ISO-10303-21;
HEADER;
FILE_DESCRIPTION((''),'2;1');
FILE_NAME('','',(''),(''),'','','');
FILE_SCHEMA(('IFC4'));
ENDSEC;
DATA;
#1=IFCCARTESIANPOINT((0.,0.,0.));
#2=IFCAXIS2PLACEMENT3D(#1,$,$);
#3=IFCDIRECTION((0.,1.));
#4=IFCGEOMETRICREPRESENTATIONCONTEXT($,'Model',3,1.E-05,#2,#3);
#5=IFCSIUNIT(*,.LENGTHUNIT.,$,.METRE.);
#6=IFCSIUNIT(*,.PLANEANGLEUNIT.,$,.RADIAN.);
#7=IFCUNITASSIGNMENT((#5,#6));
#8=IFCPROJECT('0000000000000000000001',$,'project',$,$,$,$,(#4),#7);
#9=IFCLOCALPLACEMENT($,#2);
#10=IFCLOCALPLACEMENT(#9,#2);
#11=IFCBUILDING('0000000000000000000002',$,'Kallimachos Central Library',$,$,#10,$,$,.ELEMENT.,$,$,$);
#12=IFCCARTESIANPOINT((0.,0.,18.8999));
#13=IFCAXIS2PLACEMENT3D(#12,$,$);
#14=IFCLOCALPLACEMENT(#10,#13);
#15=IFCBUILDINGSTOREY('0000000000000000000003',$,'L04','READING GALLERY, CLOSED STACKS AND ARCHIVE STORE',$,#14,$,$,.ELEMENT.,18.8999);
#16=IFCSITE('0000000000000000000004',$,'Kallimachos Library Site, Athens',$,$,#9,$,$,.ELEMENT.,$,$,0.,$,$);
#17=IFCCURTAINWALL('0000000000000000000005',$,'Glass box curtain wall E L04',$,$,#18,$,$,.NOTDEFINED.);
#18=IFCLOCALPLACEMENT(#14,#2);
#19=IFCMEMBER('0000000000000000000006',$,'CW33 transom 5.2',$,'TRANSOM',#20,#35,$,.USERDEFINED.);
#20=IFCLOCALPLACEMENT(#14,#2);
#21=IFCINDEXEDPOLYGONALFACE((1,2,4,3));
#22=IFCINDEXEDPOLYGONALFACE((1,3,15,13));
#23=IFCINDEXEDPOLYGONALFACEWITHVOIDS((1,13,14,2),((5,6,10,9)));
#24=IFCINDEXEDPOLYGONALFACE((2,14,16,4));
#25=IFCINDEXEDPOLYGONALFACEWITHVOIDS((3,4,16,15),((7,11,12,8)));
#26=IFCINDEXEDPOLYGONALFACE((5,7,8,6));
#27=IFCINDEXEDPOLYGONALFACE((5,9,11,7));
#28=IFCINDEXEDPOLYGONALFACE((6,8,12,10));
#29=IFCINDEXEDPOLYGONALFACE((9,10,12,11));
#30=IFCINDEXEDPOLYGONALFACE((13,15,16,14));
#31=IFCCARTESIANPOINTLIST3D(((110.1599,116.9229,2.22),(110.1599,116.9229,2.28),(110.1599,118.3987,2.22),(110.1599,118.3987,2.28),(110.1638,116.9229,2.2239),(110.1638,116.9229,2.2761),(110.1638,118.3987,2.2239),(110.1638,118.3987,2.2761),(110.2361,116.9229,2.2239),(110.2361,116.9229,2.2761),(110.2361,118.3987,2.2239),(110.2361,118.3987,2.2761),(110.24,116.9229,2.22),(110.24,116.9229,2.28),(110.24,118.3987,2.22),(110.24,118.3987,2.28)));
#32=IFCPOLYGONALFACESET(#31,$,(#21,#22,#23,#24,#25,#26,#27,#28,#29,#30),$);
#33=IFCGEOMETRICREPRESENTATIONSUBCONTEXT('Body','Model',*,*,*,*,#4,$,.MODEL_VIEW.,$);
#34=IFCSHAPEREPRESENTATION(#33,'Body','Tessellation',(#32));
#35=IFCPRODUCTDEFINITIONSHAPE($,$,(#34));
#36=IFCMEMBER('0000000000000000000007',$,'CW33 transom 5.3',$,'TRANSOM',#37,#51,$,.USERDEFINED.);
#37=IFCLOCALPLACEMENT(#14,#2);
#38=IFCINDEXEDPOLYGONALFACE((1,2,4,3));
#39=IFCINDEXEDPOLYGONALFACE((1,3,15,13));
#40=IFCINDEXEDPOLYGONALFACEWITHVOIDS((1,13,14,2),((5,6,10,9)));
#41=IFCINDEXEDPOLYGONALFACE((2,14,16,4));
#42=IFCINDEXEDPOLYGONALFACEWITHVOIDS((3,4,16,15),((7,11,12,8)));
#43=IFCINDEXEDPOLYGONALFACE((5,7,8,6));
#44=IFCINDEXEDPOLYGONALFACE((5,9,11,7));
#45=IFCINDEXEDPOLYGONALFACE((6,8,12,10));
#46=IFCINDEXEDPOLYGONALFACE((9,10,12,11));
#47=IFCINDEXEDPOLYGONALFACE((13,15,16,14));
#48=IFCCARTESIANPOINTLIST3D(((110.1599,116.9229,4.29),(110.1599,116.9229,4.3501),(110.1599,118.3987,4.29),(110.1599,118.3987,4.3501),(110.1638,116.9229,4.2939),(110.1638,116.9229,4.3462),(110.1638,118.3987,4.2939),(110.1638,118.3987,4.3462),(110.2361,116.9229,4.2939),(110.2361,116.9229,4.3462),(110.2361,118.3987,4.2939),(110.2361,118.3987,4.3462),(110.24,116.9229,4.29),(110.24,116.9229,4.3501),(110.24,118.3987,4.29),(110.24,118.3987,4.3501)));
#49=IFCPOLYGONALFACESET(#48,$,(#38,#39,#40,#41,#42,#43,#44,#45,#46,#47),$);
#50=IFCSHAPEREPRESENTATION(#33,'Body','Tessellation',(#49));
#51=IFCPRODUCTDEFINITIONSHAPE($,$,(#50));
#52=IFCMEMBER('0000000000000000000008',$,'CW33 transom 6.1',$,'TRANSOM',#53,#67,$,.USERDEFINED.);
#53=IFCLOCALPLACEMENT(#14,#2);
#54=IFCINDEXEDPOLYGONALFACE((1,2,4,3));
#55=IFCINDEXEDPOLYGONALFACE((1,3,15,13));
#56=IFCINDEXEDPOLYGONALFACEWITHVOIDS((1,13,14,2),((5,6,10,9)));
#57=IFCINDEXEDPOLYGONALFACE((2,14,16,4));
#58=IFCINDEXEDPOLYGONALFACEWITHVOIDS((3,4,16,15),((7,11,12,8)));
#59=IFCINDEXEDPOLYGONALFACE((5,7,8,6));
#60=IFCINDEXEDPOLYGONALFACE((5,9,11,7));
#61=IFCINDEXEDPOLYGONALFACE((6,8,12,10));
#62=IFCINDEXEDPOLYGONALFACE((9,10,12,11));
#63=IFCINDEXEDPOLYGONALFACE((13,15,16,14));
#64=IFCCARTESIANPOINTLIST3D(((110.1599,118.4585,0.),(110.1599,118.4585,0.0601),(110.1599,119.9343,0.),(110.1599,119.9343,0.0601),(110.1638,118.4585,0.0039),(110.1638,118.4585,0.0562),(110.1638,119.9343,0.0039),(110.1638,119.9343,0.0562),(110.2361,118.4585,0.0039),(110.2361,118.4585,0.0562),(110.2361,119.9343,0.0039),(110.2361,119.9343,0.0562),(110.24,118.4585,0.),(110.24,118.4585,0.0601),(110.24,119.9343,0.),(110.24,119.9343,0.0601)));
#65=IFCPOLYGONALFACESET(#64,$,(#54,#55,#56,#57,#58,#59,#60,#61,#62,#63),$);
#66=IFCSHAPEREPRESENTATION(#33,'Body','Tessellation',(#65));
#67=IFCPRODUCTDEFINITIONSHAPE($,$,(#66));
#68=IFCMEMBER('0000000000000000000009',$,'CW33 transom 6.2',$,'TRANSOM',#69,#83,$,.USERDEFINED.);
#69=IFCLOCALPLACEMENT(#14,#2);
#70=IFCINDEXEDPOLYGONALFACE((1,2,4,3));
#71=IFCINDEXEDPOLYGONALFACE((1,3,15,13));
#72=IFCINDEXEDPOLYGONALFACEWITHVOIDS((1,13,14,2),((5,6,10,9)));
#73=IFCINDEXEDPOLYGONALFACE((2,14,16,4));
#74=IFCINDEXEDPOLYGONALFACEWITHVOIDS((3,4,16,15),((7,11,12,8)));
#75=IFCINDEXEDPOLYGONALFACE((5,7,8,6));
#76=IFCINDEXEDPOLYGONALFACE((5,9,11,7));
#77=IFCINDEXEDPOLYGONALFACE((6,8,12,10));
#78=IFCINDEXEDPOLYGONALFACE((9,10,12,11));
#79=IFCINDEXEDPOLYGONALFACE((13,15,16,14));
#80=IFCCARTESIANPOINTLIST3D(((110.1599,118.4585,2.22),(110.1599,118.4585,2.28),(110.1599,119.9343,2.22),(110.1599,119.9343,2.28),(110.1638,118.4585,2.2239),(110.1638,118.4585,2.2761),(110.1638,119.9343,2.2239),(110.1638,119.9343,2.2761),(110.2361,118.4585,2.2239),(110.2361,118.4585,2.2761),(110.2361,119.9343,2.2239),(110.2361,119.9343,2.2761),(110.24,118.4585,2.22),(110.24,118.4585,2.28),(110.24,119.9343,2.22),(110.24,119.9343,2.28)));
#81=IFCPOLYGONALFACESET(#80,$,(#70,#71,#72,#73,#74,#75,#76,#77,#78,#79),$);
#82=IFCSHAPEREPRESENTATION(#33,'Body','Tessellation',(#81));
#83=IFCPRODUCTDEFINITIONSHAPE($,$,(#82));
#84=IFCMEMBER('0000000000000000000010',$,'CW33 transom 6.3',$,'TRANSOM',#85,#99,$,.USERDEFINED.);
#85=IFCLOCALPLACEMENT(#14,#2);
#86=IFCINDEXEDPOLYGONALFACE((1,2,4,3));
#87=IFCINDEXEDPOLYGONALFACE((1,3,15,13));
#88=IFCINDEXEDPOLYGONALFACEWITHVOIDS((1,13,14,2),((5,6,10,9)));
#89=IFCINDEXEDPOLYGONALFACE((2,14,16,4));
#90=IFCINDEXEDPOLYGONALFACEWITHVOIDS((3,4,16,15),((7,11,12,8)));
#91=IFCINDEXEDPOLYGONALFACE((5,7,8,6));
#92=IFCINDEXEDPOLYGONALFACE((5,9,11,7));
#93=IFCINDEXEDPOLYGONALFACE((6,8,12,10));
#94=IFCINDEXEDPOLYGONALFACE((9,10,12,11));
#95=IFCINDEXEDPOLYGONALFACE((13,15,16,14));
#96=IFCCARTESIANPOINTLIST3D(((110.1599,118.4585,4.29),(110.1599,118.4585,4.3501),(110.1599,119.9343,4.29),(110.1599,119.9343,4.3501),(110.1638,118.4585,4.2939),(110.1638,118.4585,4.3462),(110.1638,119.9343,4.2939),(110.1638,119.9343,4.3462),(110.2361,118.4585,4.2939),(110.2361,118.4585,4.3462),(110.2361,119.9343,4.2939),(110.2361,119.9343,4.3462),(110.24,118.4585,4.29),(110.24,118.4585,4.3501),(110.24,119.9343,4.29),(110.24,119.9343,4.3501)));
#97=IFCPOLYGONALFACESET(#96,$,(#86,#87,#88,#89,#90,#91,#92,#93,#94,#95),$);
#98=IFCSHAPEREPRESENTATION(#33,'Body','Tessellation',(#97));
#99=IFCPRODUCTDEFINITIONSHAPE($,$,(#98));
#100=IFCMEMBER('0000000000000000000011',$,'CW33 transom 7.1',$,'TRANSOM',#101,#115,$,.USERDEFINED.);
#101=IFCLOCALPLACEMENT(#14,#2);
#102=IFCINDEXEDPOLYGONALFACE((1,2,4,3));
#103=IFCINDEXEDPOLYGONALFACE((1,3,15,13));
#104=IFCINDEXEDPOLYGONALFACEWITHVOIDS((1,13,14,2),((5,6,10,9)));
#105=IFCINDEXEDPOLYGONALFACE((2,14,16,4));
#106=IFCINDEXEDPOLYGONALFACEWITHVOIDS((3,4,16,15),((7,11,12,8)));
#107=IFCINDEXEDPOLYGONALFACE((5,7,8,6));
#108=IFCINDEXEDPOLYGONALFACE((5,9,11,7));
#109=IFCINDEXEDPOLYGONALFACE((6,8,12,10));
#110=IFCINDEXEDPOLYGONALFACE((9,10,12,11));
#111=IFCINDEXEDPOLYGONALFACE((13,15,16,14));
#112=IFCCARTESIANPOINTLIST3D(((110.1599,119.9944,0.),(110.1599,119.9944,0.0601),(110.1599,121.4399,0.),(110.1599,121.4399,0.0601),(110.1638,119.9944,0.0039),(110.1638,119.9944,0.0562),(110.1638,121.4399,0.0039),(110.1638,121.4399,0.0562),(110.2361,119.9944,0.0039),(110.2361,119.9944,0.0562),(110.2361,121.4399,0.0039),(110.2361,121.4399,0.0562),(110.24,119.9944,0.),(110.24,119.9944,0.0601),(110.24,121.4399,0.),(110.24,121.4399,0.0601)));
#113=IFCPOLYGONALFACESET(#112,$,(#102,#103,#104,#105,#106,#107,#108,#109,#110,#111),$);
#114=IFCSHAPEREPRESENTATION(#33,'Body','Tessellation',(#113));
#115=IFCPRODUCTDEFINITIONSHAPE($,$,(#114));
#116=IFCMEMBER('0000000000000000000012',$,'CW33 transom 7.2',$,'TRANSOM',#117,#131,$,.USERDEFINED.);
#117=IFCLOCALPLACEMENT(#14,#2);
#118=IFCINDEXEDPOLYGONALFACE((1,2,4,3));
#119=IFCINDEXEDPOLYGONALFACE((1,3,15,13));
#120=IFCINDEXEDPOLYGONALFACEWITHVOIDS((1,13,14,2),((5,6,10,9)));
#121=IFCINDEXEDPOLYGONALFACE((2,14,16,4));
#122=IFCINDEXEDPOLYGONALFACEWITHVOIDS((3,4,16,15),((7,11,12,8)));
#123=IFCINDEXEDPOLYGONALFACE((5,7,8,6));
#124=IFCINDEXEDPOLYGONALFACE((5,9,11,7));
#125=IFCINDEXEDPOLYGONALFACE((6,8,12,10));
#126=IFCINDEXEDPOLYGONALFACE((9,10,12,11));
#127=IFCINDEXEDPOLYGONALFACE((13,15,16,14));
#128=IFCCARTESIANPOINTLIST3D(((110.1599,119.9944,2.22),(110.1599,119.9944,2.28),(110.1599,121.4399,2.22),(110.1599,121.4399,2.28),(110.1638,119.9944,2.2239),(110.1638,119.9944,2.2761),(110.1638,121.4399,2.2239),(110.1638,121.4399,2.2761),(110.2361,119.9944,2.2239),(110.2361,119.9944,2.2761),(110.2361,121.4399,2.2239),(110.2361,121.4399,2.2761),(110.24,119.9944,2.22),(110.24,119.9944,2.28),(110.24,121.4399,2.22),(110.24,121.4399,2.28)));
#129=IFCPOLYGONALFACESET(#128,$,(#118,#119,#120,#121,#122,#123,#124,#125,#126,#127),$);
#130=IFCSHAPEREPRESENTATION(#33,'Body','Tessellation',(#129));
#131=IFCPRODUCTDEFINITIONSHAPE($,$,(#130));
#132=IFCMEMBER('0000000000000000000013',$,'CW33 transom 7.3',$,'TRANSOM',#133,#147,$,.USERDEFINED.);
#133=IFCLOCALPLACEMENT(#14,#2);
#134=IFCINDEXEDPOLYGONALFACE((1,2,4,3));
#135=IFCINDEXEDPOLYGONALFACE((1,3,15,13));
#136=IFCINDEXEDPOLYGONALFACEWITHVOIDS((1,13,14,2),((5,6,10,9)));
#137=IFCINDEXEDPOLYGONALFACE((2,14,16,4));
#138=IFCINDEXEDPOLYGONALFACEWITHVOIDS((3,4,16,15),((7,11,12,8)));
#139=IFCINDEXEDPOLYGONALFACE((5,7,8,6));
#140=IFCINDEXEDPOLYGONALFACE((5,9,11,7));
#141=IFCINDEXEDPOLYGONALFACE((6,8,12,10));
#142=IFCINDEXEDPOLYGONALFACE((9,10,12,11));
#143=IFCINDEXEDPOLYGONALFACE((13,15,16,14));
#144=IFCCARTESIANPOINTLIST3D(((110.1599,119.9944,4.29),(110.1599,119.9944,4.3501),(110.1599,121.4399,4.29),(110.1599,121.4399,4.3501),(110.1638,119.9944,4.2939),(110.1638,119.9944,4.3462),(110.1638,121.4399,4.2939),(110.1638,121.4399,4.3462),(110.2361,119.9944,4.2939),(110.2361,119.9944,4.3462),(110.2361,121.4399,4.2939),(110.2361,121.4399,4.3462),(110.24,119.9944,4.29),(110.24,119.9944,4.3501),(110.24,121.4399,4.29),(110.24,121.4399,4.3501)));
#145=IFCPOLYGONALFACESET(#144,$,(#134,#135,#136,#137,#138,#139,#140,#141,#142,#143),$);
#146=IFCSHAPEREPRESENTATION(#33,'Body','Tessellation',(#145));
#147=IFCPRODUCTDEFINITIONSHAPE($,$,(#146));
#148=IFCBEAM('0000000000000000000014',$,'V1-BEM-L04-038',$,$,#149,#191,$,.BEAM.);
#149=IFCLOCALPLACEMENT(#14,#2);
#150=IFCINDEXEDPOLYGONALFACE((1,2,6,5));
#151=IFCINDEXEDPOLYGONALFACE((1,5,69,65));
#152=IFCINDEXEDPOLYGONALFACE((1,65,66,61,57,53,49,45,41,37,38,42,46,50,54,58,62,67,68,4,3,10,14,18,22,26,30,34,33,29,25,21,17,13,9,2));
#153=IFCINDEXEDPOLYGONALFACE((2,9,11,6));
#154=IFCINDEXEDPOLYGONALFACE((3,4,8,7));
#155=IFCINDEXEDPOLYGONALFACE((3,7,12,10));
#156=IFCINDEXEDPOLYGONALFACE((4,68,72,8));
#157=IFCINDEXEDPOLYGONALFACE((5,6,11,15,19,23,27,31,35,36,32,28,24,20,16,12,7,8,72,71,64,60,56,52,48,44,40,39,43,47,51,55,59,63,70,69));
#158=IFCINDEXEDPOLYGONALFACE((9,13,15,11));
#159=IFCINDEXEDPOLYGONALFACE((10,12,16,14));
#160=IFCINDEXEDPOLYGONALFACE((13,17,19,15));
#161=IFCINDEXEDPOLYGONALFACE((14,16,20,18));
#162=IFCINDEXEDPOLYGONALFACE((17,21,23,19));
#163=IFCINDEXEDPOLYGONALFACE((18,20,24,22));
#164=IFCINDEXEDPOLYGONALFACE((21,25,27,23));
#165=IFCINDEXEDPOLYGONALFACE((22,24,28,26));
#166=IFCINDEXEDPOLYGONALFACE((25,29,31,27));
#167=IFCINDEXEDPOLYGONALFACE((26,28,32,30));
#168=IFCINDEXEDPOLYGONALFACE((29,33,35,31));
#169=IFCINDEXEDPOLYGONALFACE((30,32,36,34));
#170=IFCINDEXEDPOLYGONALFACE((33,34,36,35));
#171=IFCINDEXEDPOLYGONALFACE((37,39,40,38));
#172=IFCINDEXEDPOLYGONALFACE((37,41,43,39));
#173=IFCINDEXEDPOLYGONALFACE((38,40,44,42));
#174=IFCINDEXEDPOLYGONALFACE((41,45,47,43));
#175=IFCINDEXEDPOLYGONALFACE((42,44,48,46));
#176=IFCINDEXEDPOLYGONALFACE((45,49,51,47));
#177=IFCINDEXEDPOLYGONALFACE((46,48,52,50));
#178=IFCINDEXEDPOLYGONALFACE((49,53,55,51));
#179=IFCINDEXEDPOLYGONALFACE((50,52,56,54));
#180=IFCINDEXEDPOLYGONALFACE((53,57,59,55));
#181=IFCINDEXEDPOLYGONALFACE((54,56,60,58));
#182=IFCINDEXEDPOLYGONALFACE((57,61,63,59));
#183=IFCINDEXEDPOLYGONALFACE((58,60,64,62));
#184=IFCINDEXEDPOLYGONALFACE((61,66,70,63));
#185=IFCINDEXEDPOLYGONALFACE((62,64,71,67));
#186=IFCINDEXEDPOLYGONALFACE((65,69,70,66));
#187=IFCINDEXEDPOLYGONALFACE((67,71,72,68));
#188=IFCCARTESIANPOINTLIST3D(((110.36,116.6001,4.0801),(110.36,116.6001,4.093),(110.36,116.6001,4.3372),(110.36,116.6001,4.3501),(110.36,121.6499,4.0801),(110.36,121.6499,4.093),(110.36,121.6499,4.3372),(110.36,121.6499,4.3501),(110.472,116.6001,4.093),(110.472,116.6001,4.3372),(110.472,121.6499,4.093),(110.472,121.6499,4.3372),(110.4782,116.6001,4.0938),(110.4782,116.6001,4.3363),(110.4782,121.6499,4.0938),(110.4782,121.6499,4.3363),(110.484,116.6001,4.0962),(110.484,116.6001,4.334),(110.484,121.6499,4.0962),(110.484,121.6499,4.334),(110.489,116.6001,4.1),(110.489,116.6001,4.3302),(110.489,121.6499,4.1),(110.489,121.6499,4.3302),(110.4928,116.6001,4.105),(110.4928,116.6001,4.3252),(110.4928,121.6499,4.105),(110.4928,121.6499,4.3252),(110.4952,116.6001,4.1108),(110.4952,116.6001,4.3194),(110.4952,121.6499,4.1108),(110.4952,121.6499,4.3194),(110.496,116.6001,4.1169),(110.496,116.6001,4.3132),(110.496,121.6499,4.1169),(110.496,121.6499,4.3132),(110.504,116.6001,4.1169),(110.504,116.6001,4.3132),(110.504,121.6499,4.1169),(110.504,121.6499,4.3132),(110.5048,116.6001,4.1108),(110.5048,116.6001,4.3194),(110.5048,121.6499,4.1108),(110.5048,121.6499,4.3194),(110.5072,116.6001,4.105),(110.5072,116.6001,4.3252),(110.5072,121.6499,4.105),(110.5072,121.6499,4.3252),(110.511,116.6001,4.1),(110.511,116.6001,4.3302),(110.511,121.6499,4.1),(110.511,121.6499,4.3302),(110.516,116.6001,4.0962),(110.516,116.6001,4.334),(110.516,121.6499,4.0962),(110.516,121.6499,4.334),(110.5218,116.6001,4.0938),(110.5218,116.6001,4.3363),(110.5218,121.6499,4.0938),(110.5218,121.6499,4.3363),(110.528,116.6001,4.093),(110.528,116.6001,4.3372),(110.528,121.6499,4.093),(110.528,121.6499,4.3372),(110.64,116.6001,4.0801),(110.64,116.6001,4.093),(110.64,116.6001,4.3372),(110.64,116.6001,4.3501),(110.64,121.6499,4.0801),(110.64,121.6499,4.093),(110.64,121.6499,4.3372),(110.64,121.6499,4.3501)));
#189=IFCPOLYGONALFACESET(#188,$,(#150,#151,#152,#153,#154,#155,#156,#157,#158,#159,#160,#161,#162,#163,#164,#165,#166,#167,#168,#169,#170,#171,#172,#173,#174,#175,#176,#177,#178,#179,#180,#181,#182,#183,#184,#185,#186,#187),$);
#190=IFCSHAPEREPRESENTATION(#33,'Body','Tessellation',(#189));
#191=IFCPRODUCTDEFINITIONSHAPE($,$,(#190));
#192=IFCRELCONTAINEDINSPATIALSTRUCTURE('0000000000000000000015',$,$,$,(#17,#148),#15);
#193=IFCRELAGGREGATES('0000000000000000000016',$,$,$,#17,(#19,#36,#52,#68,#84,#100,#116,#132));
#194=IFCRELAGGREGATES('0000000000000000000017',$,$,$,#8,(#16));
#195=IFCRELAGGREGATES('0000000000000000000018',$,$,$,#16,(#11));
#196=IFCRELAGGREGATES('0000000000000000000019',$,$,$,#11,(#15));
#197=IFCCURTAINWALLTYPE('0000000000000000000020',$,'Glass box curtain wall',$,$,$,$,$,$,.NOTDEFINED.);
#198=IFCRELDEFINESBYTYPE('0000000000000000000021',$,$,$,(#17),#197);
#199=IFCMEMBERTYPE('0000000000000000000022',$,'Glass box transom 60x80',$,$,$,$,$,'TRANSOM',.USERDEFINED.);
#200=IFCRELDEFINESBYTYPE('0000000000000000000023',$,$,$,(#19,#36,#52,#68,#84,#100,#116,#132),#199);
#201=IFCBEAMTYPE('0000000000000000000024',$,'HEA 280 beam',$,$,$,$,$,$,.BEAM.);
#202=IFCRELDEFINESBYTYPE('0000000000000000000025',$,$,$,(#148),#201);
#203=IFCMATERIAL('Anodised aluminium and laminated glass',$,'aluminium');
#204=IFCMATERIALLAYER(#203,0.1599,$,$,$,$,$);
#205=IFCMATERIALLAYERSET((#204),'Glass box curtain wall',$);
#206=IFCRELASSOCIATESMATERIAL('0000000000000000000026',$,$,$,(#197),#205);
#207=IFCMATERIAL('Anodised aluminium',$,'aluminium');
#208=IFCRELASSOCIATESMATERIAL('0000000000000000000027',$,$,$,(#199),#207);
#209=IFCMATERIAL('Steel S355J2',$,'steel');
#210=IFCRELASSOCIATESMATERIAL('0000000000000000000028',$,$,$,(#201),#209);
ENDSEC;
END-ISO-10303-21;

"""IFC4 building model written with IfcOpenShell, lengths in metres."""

from ifc_helpers import new_model, si_unit, direction, frame, origin, origin_2d, place, context, subcontext, project, spatial, hollow_rectangle, i_section, extrude, material, layer, layer_set, material_profile, profile_set, type_object, element, aggregate, save


model = new_model("IFC4")

# Units and contexts
model_context = context("Model", 3, precision=1e-05, world=origin(), true_north=direction((0.0, 1.0)))
body_context = subcontext(model_context, "Body", "Model", "MODEL_VIEW")
ifc_project = project(units=[si_unit("LENGTHUNIT", "METRE"), si_unit("PLANEANGLEUNIT", "RADIAN")], contexts=[model_context])

# Site, building, storey
site_placement = place(None, origin())
site = spatial("IfcSite", under=ifc_project, at=site_placement, Name="Kallimachos Library Site, Athens", CompositionType="ELEMENT", RefElevation=0.0)
building_placement = place(site_placement, origin())
building = spatial("IfcBuilding", under=site, at=building_placement, Name="Kallimachos Central Library", CompositionType="ELEMENT")
storey_placement = place(building_placement, frame((0.0, 0.0, 18.8999)))
storey = spatial("IfcBuildingStorey", under=building, at=storey_placement, Name="L04", Description="READING GALLERY, CLOSED STACKS AND ARCHIVE STORE", CompositionType="ELEMENT", Elevation=18.8999)

# Curtain wall, members
ifc_material_1 = material(Name="Anodised aluminium and laminated glass", Category="aluminium")
ifc_layer_1 = layer(ifc_material_1, 0.1599)
ifc_layer_set_1 = layer_set([ifc_layer_1], Name="Glass box curtain wall")
curtain_wall_type = type_object("IfcCurtainWallType", Name="Glass box curtain wall", PredefinedType="NOTDEFINED", material=ifc_layer_set_1)
curtain_wall_placement = place(storey_placement, origin())
curtain_wall = element("IfcCurtainWall", 1, at=curtain_wall_placement, inside=storey, type_object=curtain_wall_type, Name="Glass box curtain wall E L04", PredefinedType="NOTDEFINED")
ifc_material_2 = material(Name="Anodised aluminium", Category="aluminium")
ifc_material_profile_1 = material_profile(ifc_material_2, hollow_rectangle(XDim=0.0601, YDim=0.0801, WallThickness=0.0039, at=origin_2d()), Name="ALU TRANSOM 60x80")
ifc_profile_set_1 = profile_set([ifc_material_profile_1], Name="Anodised aluminium")
member_type_1 = type_object("IfcMemberType", Name="Glass box transom 60x80", ElementType="TRANSOM", PredefinedType="USERDEFINED", material=ifc_profile_set_1)
member_1_placement = place(storey_placement, frame((110.2, 116.9229, 2.25), z_axis=(0.0, 1.0, 0.0), x_axis=(0.0, 0.0, 1.0)))
member_1 = element("IfcMember", 2, at=member_1_placement, type_object=member_type_1, Name="CW33 transom 5.2", ObjectType="TRANSOM", PredefinedType="USERDEFINED", context=body_context, shape_type="SweptSolid", body=[
    extrude(hollow_rectangle(XDim=0.0601, YDim=0.0801, WallThickness=0.0039, at=origin_2d()), origin(), (0.0, 0.0, 1.0), 1.4758),
])
member_2_placement = place(storey_placement, frame((110.2, 116.9229, 4.3201), z_axis=(0.0, 1.0, 0.0), x_axis=(0.0, 0.0, 1.0)))
member_2 = element("IfcMember", 3, at=member_2_placement, type_object=member_type_1, Name="CW33 transom 5.3", ObjectType="TRANSOM", PredefinedType="USERDEFINED", context=body_context, shape_type="SweptSolid", body=[
    extrude(hollow_rectangle(XDim=0.0601, YDim=0.0801, WallThickness=0.0039, at=origin_2d()), origin(), (0.0, 0.0, 1.0), 1.4758),
])
member_3_placement = place(storey_placement, frame((110.2, 118.4585, 0.03), z_axis=(0.0, 1.0, 0.0), x_axis=(0.0, 0.0, 1.0)))
member_3 = element("IfcMember", 4, at=member_3_placement, type_object=member_type_1, Name="CW33 transom 6.1", ObjectType="TRANSOM", PredefinedType="USERDEFINED", context=body_context, shape_type="SweptSolid", body=[
    extrude(hollow_rectangle(XDim=0.0601, YDim=0.0801, WallThickness=0.0039, at=origin_2d()), origin(), (0.0, 0.0, 1.0), 1.4758),
])
member_4_placement = place(storey_placement, frame((110.2, 118.4585, 2.25), z_axis=(0.0, 1.0, 0.0), x_axis=(0.0, 0.0, 1.0)))
member_4 = element("IfcMember", 5, at=member_4_placement, type_object=member_type_1, Name="CW33 transom 6.2", ObjectType="TRANSOM", PredefinedType="USERDEFINED", context=body_context, shape_type="SweptSolid", body=[
    extrude(hollow_rectangle(XDim=0.0601, YDim=0.0801, WallThickness=0.0039, at=origin_2d()), origin(), (0.0, 0.0, 1.0), 1.4758),
])
member_5_placement = place(storey_placement, frame((110.2, 118.4585, 4.3201), z_axis=(0.0, 1.0, 0.0), x_axis=(0.0, 0.0, 1.0)))
member_5 = element("IfcMember", 6, at=member_5_placement, type_object=member_type_1, Name="CW33 transom 6.3", ObjectType="TRANSOM", PredefinedType="USERDEFINED", context=body_context, shape_type="SweptSolid", body=[
    extrude(hollow_rectangle(XDim=0.0601, YDim=0.0801, WallThickness=0.0039, at=origin_2d()), origin(), (0.0, 0.0, 1.0), 1.4758),
])
member_6_placement = place(storey_placement, frame((110.2, 119.9944, 0.03), z_axis=(0.0, 1.0, 0.0), x_axis=(0.0, 0.0, 1.0)))
member_6 = element("IfcMember", 7, at=member_6_placement, type_object=member_type_1, Name="CW33 transom 7.1", ObjectType="TRANSOM", PredefinedType="USERDEFINED", context=body_context, shape_type="SweptSolid", body=[
    extrude(hollow_rectangle(XDim=0.0601, YDim=0.0801, WallThickness=0.0039, at=origin_2d()), origin(), (0.0, 0.0, 1.0), 1.4456),
])
member_7_placement = place(storey_placement, frame((110.2, 119.9944, 2.25), z_axis=(0.0, 1.0, 0.0), x_axis=(0.0, 0.0, 1.0)))
member_7 = element("IfcMember", 8, at=member_7_placement, type_object=member_type_1, Name="CW33 transom 7.2", ObjectType="TRANSOM", PredefinedType="USERDEFINED", context=body_context, shape_type="SweptSolid", body=[
    extrude(hollow_rectangle(XDim=0.0601, YDim=0.0801, WallThickness=0.0039, at=origin_2d()), origin(), (0.0, 0.0, 1.0), 1.4456),
])
member_8_placement = place(storey_placement, frame((110.2, 119.9944, 4.3201), z_axis=(0.0, 1.0, 0.0), x_axis=(0.0, 0.0, 1.0)))
member_8 = element("IfcMember", 9, at=member_8_placement, type_object=member_type_1, Name="CW33 transom 7.3", ObjectType="TRANSOM", PredefinedType="USERDEFINED", context=body_context, shape_type="SweptSolid", body=[
    extrude(hollow_rectangle(XDim=0.0601, YDim=0.0801, WallThickness=0.0039, at=origin_2d()), origin(), (0.0, 0.0, 1.0), 1.4456),
])

# Beam
ifc_material_3 = material(Name="Steel S355J2", Category="steel")
ifc_material_profile_2 = material_profile(ifc_material_3, i_section(OverallWidth=0.28, OverallDepth=0.27, WebThickness=0.0081, FlangeThickness=0.0129, FilletRadius=0.0239, at=origin_2d()), Name="HEA 280")
ifc_profile_set_2 = profile_set([ifc_material_profile_2], Name="Steel S355J2")
beam_type = type_object("IfcBeamType", Name="HEA 280 beam", PredefinedType="BEAM", material=ifc_profile_set_2)
beam_placement = place(storey_placement, frame((110.5, 116.6001, 4.2151), z_axis=(0.0, 1.0, 0.0), x_axis=(-1.0, 0.0, 0.0)))
element("IfcBeam", 10, at=beam_placement, inside=storey, type_object=beam_type, Name="V1-BEM-L04-038", PredefinedType="BEAM", context=body_context, shape_type="SweptSolid", body=[
    extrude(i_section(OverallWidth=0.28, OverallDepth=0.27, WebThickness=0.0081, FlangeThickness=0.0129, FilletRadius=0.0239, at=origin_2d()), origin(), (0.0, 0.0, 1.0), 5.0498),
])

aggregate(curtain_wall, [member_1, member_2, member_3, member_4, member_5, member_6, member_7, member_8])

save(model, "model.ifc")
